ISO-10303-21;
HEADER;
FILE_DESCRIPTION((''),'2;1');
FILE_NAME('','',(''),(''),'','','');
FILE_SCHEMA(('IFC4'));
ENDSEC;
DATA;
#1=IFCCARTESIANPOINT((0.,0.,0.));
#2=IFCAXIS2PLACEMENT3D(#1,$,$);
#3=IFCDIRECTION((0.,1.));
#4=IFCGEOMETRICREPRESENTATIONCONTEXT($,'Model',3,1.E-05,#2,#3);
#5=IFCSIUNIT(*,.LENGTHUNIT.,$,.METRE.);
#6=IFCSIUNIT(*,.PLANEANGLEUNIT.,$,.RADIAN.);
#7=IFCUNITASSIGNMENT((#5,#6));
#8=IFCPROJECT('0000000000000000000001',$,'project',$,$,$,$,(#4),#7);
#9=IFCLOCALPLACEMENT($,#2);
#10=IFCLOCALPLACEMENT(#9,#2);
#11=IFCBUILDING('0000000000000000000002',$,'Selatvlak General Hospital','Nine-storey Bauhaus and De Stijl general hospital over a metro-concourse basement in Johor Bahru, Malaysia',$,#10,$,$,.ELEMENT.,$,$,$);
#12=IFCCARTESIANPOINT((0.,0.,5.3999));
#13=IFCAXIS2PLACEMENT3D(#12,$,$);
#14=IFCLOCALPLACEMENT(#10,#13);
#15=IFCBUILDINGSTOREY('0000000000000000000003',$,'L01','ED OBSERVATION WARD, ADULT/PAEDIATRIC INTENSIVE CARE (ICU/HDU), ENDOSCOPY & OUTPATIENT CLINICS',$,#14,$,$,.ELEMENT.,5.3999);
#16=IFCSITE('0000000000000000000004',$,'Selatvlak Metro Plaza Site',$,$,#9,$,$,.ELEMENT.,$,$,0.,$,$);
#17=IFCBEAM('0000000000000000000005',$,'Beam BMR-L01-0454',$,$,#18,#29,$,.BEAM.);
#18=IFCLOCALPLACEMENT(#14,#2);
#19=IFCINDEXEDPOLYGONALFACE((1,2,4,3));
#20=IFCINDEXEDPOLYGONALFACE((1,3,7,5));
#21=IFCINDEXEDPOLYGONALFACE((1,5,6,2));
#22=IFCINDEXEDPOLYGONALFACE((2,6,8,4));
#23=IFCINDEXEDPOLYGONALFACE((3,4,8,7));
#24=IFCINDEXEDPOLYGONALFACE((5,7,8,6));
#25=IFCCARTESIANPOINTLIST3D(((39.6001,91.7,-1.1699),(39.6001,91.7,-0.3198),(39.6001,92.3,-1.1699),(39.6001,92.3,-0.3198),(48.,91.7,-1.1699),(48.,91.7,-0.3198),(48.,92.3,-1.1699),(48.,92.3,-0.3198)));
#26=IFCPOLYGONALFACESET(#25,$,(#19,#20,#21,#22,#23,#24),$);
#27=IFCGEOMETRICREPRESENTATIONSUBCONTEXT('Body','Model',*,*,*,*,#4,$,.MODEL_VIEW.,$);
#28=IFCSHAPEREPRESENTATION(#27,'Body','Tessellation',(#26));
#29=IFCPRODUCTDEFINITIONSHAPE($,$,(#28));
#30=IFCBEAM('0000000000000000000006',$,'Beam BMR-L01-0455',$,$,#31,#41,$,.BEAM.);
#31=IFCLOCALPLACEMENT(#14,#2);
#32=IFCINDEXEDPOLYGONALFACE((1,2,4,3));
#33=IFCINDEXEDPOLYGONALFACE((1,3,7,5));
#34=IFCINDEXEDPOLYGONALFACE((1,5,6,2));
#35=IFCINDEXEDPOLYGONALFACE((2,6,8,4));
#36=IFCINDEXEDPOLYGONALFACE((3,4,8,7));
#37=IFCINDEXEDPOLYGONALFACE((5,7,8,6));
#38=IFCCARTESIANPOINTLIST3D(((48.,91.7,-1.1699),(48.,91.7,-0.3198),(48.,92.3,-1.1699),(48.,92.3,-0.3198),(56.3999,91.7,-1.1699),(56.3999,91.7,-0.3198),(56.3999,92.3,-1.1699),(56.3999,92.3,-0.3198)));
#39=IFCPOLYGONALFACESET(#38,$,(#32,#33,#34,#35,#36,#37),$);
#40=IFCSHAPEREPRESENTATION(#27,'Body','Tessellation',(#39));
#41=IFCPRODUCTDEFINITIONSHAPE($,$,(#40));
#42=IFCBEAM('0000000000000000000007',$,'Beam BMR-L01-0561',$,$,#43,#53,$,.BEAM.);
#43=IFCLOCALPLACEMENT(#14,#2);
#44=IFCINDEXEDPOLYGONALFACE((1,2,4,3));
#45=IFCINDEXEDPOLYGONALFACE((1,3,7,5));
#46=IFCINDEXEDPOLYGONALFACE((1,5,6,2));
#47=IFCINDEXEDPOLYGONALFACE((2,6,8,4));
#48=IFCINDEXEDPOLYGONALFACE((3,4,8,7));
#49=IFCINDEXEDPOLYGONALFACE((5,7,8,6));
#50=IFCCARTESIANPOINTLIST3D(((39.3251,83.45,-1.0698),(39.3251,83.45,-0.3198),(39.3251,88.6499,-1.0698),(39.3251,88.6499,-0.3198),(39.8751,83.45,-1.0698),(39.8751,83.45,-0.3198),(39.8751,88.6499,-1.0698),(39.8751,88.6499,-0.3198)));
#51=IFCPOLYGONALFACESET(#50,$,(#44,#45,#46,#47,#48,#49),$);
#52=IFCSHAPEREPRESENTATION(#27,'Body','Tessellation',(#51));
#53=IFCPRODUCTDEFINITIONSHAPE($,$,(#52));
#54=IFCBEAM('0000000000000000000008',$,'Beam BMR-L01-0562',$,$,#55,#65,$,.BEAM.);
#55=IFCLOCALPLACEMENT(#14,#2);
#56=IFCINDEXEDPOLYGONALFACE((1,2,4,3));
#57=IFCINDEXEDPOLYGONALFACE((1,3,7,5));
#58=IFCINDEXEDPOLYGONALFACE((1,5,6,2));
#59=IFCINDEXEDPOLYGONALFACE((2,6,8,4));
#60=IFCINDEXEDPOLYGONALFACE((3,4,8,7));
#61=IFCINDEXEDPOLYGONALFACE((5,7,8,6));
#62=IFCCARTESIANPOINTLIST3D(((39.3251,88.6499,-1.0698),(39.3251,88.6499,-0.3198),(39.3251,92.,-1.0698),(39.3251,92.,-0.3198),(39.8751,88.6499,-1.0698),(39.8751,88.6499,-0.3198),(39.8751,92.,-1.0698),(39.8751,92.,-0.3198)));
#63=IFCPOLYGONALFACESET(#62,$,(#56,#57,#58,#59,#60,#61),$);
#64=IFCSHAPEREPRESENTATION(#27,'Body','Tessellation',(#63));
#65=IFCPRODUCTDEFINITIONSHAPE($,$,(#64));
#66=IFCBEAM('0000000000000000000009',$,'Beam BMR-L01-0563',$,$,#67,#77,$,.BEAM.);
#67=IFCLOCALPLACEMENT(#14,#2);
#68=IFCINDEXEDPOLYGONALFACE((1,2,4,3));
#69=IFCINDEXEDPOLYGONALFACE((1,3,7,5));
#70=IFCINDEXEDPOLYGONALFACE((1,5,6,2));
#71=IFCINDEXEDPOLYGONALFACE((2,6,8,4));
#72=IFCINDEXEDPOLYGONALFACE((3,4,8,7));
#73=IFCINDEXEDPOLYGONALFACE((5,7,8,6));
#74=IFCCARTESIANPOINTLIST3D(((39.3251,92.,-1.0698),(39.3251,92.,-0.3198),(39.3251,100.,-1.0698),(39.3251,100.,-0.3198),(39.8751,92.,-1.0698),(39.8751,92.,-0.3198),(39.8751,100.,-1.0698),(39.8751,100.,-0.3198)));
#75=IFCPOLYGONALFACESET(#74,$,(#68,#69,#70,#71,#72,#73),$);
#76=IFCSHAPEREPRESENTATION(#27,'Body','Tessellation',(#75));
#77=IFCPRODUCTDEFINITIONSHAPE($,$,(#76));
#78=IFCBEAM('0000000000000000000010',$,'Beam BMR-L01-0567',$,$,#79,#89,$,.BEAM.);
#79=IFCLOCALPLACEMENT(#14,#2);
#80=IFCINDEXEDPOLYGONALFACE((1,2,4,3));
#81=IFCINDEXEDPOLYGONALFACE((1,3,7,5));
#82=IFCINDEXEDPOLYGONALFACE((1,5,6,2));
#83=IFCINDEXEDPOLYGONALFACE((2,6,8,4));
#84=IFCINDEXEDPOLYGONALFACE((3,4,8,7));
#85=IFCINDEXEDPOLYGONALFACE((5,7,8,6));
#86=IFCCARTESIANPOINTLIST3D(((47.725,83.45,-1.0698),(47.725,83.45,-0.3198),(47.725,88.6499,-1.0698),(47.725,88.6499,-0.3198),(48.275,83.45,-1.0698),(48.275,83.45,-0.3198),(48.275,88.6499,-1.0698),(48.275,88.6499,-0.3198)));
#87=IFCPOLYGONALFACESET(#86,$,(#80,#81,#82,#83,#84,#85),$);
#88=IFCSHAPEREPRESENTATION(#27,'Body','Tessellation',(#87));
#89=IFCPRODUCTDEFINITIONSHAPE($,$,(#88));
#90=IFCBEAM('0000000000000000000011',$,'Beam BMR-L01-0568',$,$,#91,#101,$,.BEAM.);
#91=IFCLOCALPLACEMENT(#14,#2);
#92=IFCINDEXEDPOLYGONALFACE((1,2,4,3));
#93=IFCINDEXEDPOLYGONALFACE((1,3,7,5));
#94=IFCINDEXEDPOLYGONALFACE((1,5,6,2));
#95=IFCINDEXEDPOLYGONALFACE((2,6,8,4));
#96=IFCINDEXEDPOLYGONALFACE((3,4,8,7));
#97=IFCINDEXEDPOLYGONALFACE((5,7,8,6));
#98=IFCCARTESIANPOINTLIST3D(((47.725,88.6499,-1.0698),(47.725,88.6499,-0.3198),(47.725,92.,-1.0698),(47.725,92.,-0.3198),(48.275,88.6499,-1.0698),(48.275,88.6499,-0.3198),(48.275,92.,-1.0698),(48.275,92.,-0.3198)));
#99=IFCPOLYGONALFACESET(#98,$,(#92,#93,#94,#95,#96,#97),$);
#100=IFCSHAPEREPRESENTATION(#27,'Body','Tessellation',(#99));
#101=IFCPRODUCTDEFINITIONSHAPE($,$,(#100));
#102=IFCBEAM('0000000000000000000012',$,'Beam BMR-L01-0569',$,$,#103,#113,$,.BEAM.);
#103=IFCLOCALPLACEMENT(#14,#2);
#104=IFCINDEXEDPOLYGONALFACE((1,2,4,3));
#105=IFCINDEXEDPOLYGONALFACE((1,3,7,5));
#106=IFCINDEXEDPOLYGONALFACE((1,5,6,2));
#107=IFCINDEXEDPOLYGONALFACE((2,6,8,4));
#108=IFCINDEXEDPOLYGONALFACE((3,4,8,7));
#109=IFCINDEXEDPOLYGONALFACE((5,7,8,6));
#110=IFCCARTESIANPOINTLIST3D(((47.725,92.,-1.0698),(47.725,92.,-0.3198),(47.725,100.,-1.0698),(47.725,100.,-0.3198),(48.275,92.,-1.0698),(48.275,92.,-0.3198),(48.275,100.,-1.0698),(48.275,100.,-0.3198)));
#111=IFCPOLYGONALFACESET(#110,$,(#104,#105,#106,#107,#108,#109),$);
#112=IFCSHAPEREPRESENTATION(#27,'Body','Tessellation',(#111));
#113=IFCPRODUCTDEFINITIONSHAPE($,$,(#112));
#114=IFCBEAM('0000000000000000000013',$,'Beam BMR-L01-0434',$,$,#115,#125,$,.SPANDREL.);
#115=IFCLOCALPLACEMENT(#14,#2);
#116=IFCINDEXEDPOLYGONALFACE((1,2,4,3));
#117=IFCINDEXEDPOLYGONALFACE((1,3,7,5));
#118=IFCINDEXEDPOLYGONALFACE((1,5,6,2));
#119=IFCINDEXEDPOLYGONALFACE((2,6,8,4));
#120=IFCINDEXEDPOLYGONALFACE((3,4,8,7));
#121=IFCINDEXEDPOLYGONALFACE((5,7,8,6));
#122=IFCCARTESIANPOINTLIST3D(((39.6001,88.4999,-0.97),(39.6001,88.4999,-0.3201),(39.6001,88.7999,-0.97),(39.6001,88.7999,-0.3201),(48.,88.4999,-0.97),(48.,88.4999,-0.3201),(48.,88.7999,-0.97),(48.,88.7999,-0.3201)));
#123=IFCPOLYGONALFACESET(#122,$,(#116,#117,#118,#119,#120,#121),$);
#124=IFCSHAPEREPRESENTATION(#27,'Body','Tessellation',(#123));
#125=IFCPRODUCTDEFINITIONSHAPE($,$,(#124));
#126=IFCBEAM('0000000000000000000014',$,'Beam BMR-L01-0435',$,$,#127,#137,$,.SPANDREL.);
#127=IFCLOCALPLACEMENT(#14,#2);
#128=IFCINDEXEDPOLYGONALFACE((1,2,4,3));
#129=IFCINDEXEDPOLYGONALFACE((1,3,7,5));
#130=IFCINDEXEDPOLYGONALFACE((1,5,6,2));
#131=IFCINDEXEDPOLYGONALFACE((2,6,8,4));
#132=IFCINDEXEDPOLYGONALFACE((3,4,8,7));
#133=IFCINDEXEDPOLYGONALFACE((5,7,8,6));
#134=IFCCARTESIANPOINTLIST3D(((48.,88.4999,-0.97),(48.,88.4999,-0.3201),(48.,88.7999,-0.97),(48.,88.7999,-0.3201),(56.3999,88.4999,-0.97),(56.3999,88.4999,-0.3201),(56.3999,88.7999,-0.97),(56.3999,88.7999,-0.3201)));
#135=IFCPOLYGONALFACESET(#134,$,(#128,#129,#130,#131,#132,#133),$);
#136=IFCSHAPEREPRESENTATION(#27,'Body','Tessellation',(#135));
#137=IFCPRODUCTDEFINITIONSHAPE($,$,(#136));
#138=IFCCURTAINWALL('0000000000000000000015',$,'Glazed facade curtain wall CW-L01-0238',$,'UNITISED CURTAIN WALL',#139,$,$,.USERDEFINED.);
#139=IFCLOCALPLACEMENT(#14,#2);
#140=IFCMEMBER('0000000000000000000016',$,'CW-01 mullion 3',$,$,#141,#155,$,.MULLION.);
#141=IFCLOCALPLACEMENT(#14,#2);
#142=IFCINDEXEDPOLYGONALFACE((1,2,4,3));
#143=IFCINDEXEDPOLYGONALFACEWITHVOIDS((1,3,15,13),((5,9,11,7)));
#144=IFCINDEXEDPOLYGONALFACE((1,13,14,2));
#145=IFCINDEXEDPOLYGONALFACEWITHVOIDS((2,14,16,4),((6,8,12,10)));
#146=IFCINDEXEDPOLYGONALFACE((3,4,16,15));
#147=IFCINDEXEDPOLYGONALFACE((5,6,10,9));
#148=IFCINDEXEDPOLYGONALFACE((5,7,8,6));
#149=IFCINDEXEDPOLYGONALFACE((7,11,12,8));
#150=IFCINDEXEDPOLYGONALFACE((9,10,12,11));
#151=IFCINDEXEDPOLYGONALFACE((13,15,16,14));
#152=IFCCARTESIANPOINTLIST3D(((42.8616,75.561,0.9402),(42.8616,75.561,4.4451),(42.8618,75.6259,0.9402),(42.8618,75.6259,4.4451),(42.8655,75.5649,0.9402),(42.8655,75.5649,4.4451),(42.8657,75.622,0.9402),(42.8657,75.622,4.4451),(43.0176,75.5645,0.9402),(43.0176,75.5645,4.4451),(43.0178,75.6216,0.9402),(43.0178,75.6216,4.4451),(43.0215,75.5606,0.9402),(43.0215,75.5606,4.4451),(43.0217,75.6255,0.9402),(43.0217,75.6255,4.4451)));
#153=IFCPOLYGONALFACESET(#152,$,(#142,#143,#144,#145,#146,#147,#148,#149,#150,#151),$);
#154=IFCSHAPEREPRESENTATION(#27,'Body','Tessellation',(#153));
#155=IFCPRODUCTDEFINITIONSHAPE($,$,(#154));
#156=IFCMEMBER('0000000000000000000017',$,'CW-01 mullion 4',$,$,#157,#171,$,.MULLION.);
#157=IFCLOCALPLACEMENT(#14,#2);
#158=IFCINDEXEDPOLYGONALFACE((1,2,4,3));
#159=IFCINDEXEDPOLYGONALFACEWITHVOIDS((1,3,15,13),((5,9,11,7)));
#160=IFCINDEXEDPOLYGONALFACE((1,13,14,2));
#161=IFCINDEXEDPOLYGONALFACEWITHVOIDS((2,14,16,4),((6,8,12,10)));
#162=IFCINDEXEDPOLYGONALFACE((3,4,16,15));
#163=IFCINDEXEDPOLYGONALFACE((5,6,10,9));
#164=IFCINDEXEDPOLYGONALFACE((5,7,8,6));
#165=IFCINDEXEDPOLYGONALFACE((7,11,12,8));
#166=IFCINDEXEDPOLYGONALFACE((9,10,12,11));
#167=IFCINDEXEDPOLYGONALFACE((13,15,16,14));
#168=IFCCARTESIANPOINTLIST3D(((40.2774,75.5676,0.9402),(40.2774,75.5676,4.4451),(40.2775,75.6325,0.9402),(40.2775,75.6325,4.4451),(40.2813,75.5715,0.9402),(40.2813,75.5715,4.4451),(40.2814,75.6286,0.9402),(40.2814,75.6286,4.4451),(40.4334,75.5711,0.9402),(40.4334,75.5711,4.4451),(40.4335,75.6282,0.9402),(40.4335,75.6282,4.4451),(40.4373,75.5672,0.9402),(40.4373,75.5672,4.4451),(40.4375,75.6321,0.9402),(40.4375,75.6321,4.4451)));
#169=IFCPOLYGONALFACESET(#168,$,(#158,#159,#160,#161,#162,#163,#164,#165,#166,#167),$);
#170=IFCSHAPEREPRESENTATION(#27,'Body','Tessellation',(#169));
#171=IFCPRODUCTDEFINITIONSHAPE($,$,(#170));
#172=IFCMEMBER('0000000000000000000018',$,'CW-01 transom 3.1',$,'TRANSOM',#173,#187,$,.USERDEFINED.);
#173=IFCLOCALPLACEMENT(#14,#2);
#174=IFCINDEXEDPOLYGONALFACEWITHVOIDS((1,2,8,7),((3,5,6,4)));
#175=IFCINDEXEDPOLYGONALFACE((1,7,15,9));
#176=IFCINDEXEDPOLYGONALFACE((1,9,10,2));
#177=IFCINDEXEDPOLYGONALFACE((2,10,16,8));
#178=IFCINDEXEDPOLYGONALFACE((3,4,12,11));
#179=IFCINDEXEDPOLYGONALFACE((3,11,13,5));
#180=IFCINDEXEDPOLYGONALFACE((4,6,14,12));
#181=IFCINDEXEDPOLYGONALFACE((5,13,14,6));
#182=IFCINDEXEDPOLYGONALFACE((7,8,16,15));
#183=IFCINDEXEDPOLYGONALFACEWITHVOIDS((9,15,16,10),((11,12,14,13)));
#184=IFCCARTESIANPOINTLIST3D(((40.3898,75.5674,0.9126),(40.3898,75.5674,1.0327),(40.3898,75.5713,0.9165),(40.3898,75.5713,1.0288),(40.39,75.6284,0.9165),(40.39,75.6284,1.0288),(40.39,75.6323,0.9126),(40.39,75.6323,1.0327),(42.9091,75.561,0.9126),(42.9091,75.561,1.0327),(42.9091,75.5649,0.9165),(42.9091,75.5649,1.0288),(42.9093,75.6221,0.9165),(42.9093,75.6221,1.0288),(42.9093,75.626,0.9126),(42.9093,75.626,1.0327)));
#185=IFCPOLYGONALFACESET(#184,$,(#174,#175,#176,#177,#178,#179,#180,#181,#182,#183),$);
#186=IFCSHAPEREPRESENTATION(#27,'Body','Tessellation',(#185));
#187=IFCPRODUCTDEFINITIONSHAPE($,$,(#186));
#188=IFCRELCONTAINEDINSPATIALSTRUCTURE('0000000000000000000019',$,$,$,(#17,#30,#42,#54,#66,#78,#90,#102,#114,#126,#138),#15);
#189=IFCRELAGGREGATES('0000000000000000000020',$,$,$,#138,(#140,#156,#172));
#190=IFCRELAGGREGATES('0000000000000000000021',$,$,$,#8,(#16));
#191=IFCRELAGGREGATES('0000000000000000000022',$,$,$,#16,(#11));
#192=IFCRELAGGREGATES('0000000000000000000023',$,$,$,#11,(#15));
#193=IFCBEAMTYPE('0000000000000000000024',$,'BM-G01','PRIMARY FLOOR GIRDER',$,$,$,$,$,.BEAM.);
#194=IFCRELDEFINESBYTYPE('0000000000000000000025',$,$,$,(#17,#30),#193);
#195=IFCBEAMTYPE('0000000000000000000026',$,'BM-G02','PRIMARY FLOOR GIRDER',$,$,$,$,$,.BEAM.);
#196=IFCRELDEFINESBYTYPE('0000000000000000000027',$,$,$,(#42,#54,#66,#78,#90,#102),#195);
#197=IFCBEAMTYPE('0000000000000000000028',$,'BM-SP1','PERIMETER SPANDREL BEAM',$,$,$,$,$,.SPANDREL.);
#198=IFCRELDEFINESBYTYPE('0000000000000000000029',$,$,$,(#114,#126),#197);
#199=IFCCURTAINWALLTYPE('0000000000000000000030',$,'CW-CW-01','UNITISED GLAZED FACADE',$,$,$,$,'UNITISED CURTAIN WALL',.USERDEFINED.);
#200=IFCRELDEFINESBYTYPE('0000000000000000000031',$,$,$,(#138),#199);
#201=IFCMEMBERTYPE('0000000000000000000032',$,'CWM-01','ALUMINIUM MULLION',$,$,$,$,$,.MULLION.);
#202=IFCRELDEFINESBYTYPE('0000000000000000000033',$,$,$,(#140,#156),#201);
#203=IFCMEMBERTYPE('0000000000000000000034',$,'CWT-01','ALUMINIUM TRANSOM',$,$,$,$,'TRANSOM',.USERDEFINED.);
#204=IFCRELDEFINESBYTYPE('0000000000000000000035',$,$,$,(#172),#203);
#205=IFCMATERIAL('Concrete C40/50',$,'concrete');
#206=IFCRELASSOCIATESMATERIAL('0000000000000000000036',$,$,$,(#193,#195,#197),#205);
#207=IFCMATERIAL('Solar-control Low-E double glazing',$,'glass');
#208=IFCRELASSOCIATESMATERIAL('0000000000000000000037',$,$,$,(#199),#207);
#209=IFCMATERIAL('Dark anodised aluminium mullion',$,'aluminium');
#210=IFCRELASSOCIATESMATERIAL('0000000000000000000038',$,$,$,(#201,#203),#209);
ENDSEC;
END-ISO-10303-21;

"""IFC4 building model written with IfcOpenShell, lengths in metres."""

from ifc_helpers import new_model, si_unit, direction, frame, origin, origin_2d, place, context, subcontext, project, spatial, rectangle, hollow_rectangle, extrude, material, material_profile, profile_set, type_object, element, aggregate, save


model = new_model("IFC4")

# Units and contexts
model_context = context("Model", 3, precision=1e-05, world=origin(), true_north=direction((0.0, 1.0)))
body_context = subcontext(model_context, "Body", "Model", "MODEL_VIEW")
ifc_project = project(units=[si_unit("LENGTHUNIT", "METRE"), si_unit("PLANEANGLEUNIT", "RADIAN")], contexts=[model_context])

# Site, building, storey
site_placement = place(None, origin())
site = spatial("IfcSite", under=ifc_project, at=site_placement, Name="Selatvlak Metro Plaza Site", CompositionType="ELEMENT", RefElevation=0.0)
building_placement = place(site_placement, origin())
building = spatial("IfcBuilding", under=site, at=building_placement, Name="Selatvlak General Hospital", Description="Nine-storey Bauhaus and De Stijl general hospital over a metro-concourse basement in Johor Bahru, Malaysia", CompositionType="ELEMENT")
storey_placement = place(building_placement, frame((0.0, 0.0, 5.3999)))
storey = spatial("IfcBuildingStorey", under=building, at=storey_placement, Name="L01", Description="ED OBSERVATION WARD, ADULT/PAEDIATRIC INTENSIVE CARE (ICU/HDU), ENDOSCOPY & OUTPATIENT CLINICS", CompositionType="ELEMENT", Elevation=5.3999)

# Beams
ifc_material_1 = material(Name="Concrete C40/50", Category="concrete")
ifc_material_profile_1 = material_profile(ifc_material_1, rectangle(XDim=0.6001, YDim=0.8501, at=origin_2d()), Name="RC-BM 600x850")
ifc_profile_set_1 = profile_set([ifc_material_profile_1], Name="Concrete C40/50")
beam_type_1 = type_object("IfcBeamType", Name="BM-G01", Description="PRIMARY FLOOR GIRDER", PredefinedType="BEAM", material=ifc_profile_set_1)
for number, where, z_axis, x_axis, name in (
    (1, (39.6001, 92.0, -0.7449), (1.0, 0.0, 0.0), (0.0, 1.0, 0.0), "Beam BMR-L01-0454"),
    (2, (48.0, 92.0, -0.7449), (1.0, 0.0, 0.0), (0.0, 1.0, 0.0), "Beam BMR-L01-0455"),
):
    element("IfcBeam", number, at=place(storey_placement, frame(where, z_axis=z_axis, x_axis=x_axis)), inside=storey, type_object=beam_type_1, Name=name, PredefinedType="BEAM", context=body_context, shape_type="SweptSolid", body=[
        extrude(rectangle(XDim=0.6001, YDim=0.8501, at=origin_2d()), origin(), (0.0, 0.0, 1.0), 8.3999),
    ])
ifc_material_profile_2 = material_profile(ifc_material_1, rectangle(XDim=0.55, YDim=0.75, at=origin_2d()), Name="RC-BM 550x750")
ifc_profile_set_2 = profile_set([ifc_material_profile_2], Name="Concrete C40/50")
beam_type_2 = type_object("IfcBeamType", Name="BM-G02", Description="PRIMARY FLOOR GIRDER", PredefinedType="BEAM", material=ifc_profile_set_2)
beam_1_placement = place(storey_placement, frame((39.6001, 83.45, -0.6948), z_axis=(0.0, 1.0, 0.0), x_axis=(-1.0, 0.0, 0.0)))
element("IfcBeam", 3, at=beam_1_placement, inside=storey, type_object=beam_type_2, Name="Beam BMR-L01-0561", PredefinedType="BEAM", context=body_context, shape_type="SweptSolid", body=[
    extrude(rectangle(XDim=0.55, YDim=0.75, at=origin_2d()), origin(), (0.0, 0.0, 1.0), 5.2),
])
beam_2_placement = place(storey_placement, frame((39.6001, 88.6499, -0.6948), z_axis=(0.0, 1.0, 0.0), x_axis=(-1.0, 0.0, 0.0)))
element("IfcBeam", 4, at=beam_2_placement, inside=storey, type_object=beam_type_2, Name="Beam BMR-L01-0562", PredefinedType="BEAM", context=body_context, shape_type="SweptSolid", body=[
    extrude(rectangle(XDim=0.55, YDim=0.75, at=origin_2d()), origin(), (0.0, 0.0, 1.0), 3.3501),
])
beam_3_placement = place(storey_placement, frame((39.6001, 92.0, -0.6948), z_axis=(0.0, 1.0, 0.0), x_axis=(-1.0, 0.0, 0.0)))
element("IfcBeam", 5, at=beam_3_placement, inside=storey, type_object=beam_type_2, Name="Beam BMR-L01-0563", PredefinedType="BEAM", context=body_context, shape_type="SweptSolid", body=[
    extrude(rectangle(XDim=0.55, YDim=0.75, at=origin_2d()), origin(), (0.0, 0.0, 1.0), 8.0),
])
beam_4_placement = place(storey_placement, frame((48.0, 83.45, -0.6948), z_axis=(0.0, 1.0, 0.0), x_axis=(-1.0, 0.0, 0.0)))
element("IfcBeam", 6, at=beam_4_placement, inside=storey, type_object=beam_type_2, Name="Beam BMR-L01-0567", PredefinedType="BEAM", context=body_context, shape_type="SweptSolid", body=[
    extrude(rectangle(XDim=0.55, YDim=0.75, at=origin_2d()), origin(), (0.0, 0.0, 1.0), 5.2),
])
beam_5_placement = place(storey_placement, frame((48.0, 88.6499, -0.6948), z_axis=(0.0, 1.0, 0.0), x_axis=(-1.0, 0.0, 0.0)))
element("IfcBeam", 7, at=beam_5_placement, inside=storey, type_object=beam_type_2, Name="Beam BMR-L01-0568", PredefinedType="BEAM", context=body_context, shape_type="SweptSolid", body=[
    extrude(rectangle(XDim=0.55, YDim=0.75, at=origin_2d()), origin(), (0.0, 0.0, 1.0), 3.3501),
])
beam_6_placement = place(storey_placement, frame((48.0, 92.0, -0.6948), z_axis=(0.0, 1.0, 0.0), x_axis=(-1.0, 0.0, 0.0)))
element("IfcBeam", 8, at=beam_6_placement, inside=storey, type_object=beam_type_2, Name="Beam BMR-L01-0569", PredefinedType="BEAM", context=body_context, shape_type="SweptSolid", body=[
    extrude(rectangle(XDim=0.55, YDim=0.75, at=origin_2d()), origin(), (0.0, 0.0, 1.0), 8.0),
])
ifc_material_profile_3 = material_profile(ifc_material_1, rectangle(XDim=0.3, YDim=0.6499, at=origin_2d()), Name="RC-SP 300x650")
ifc_profile_set_3 = profile_set([ifc_material_profile_3], Name="Concrete C40/50")
beam_type_3 = type_object("IfcBeamType", Name="BM-SP1", Description="PERIMETER SPANDREL BEAM", PredefinedType="SPANDREL", material=ifc_profile_set_3)
for number, where, z_axis, x_axis, name in (
    (9, (39.6001, 88.6499, -0.645), (1.0, 0.0, 0.0), (0.0, 1.0, 0.0), "Beam BMR-L01-0434"),
    (10, (48.0, 88.6499, -0.645), (1.0, 0.0, 0.0), (0.0, 1.0, 0.0), "Beam BMR-L01-0435"),
):
    element("IfcBeam", number, at=place(storey_placement, frame(where, z_axis=z_axis, x_axis=x_axis)), inside=storey, type_object=beam_type_3, Name=name, PredefinedType="SPANDREL", context=body_context, shape_type="SweptSolid", body=[
        extrude(rectangle(XDim=0.3, YDim=0.6499, at=origin_2d()), origin(), (0.0, 0.0, 1.0), 8.3999),
    ])

# Curtain wall, members
ifc_material_2 = material(Name="Solar-control Low-E double glazing", Category="glass")
curtain_wall_type = type_object("IfcCurtainWallType", Name="CW-CW-01", Description="UNITISED GLAZED FACADE", ElementType="UNITISED CURTAIN WALL", PredefinedType="USERDEFINED", material=ifc_material_2)
curtain_wall_placement = place(storey_placement, origin())
curtain_wall = element("IfcCurtainWall", 11, at=curtain_wall_placement, inside=storey, type_object=curtain_wall_type, Name="Glazed facade curtain wall CW-L01-0238", ObjectType="UNITISED CURTAIN WALL", PredefinedType="USERDEFINED")
ifc_material_3 = material(Name="Dark anodised aluminium mullion", Category="aluminium")
ifc_material_profile_4 = material_profile(ifc_material_3, hollow_rectangle(XDim=0.0649, YDim=0.1599, WallThickness=0.0039, at=origin_2d()), Name="AL-MUL 65x160x4")
ifc_profile_set_4 = profile_set([ifc_material_profile_4], Name="Dark anodised aluminium mullion")
member_type_1 = type_object("IfcMemberType", Name="CWM-01", Description="ALUMINIUM MULLION", PredefinedType="MULLION", material=ifc_profile_set_4)
member_1_placement = place(storey_placement, frame((42.9417, 75.5933, 0.9402), z_axis=(0.0, 0.0, 1.0), x_axis=(-0.002548, -0.999997, 0.0)))
member_1 = element("IfcMember", 12, at=member_1_placement, type_object=member_type_1, Name="CW-01 mullion 3", PredefinedType="MULLION", context=body_context, shape_type="SweptSolid", body=[
    extrude(hollow_rectangle(XDim=0.0649, YDim=0.1599, WallThickness=0.0039, at=origin_2d()), origin(), (0.0, 0.0, 1.0), 3.5049),
])
member_2_placement = place(storey_placement, frame((40.3574, 75.5999, 0.9402), z_axis=(0.0, 0.0, 1.0), x_axis=(-0.002548, -0.999997, 0.0)))
member_2 = element("IfcMember", 13, at=member_2_placement, type_object=member_type_1, Name="CW-01 mullion 4", PredefinedType="MULLION", context=body_context, shape_type="SweptSolid", body=[
    extrude(hollow_rectangle(XDim=0.0649, YDim=0.1599, WallThickness=0.0039, at=origin_2d()), origin(), (0.0, 0.0, 1.0), 3.5049),
])
ifc_material_profile_5 = material_profile(ifc_material_3, hollow_rectangle(XDim=0.0649, YDim=0.1201, WallThickness=0.0039, at=origin_2d()), Name="AL-TRN 65x120x4")
ifc_profile_set_5 = profile_set([ifc_material_profile_5], Name="Dark anodised aluminium mullion")
member_type_2 = type_object("IfcMemberType", Name="CWT-01", Description="ALUMINIUM TRANSOM", ElementType="TRANSOM", PredefinedType="USERDEFINED", material=ifc_profile_set_5)
member_3_placement = place(storey_placement, frame((42.9092, 75.5935, 0.9727), z_axis=(-0.999997, 0.00252, 0.0), x_axis=(-0.00252, -0.999997, 0.0)))
member_3 = element("IfcMember", 14, at=member_3_placement, type_object=member_type_2, Name="CW-01 transom 3.1", ObjectType="TRANSOM", PredefinedType="USERDEFINED", context=body_context, shape_type="SweptSolid", body=[
    extrude(hollow_rectangle(XDim=0.0649, YDim=0.1201, WallThickness=0.0039, at=origin_2d()), origin(), (0.0, 0.0, 1.0), 2.5193),
])
aggregate(curtain_wall, [member_1, member_2, member_3])

save(model, "model.ifc")
